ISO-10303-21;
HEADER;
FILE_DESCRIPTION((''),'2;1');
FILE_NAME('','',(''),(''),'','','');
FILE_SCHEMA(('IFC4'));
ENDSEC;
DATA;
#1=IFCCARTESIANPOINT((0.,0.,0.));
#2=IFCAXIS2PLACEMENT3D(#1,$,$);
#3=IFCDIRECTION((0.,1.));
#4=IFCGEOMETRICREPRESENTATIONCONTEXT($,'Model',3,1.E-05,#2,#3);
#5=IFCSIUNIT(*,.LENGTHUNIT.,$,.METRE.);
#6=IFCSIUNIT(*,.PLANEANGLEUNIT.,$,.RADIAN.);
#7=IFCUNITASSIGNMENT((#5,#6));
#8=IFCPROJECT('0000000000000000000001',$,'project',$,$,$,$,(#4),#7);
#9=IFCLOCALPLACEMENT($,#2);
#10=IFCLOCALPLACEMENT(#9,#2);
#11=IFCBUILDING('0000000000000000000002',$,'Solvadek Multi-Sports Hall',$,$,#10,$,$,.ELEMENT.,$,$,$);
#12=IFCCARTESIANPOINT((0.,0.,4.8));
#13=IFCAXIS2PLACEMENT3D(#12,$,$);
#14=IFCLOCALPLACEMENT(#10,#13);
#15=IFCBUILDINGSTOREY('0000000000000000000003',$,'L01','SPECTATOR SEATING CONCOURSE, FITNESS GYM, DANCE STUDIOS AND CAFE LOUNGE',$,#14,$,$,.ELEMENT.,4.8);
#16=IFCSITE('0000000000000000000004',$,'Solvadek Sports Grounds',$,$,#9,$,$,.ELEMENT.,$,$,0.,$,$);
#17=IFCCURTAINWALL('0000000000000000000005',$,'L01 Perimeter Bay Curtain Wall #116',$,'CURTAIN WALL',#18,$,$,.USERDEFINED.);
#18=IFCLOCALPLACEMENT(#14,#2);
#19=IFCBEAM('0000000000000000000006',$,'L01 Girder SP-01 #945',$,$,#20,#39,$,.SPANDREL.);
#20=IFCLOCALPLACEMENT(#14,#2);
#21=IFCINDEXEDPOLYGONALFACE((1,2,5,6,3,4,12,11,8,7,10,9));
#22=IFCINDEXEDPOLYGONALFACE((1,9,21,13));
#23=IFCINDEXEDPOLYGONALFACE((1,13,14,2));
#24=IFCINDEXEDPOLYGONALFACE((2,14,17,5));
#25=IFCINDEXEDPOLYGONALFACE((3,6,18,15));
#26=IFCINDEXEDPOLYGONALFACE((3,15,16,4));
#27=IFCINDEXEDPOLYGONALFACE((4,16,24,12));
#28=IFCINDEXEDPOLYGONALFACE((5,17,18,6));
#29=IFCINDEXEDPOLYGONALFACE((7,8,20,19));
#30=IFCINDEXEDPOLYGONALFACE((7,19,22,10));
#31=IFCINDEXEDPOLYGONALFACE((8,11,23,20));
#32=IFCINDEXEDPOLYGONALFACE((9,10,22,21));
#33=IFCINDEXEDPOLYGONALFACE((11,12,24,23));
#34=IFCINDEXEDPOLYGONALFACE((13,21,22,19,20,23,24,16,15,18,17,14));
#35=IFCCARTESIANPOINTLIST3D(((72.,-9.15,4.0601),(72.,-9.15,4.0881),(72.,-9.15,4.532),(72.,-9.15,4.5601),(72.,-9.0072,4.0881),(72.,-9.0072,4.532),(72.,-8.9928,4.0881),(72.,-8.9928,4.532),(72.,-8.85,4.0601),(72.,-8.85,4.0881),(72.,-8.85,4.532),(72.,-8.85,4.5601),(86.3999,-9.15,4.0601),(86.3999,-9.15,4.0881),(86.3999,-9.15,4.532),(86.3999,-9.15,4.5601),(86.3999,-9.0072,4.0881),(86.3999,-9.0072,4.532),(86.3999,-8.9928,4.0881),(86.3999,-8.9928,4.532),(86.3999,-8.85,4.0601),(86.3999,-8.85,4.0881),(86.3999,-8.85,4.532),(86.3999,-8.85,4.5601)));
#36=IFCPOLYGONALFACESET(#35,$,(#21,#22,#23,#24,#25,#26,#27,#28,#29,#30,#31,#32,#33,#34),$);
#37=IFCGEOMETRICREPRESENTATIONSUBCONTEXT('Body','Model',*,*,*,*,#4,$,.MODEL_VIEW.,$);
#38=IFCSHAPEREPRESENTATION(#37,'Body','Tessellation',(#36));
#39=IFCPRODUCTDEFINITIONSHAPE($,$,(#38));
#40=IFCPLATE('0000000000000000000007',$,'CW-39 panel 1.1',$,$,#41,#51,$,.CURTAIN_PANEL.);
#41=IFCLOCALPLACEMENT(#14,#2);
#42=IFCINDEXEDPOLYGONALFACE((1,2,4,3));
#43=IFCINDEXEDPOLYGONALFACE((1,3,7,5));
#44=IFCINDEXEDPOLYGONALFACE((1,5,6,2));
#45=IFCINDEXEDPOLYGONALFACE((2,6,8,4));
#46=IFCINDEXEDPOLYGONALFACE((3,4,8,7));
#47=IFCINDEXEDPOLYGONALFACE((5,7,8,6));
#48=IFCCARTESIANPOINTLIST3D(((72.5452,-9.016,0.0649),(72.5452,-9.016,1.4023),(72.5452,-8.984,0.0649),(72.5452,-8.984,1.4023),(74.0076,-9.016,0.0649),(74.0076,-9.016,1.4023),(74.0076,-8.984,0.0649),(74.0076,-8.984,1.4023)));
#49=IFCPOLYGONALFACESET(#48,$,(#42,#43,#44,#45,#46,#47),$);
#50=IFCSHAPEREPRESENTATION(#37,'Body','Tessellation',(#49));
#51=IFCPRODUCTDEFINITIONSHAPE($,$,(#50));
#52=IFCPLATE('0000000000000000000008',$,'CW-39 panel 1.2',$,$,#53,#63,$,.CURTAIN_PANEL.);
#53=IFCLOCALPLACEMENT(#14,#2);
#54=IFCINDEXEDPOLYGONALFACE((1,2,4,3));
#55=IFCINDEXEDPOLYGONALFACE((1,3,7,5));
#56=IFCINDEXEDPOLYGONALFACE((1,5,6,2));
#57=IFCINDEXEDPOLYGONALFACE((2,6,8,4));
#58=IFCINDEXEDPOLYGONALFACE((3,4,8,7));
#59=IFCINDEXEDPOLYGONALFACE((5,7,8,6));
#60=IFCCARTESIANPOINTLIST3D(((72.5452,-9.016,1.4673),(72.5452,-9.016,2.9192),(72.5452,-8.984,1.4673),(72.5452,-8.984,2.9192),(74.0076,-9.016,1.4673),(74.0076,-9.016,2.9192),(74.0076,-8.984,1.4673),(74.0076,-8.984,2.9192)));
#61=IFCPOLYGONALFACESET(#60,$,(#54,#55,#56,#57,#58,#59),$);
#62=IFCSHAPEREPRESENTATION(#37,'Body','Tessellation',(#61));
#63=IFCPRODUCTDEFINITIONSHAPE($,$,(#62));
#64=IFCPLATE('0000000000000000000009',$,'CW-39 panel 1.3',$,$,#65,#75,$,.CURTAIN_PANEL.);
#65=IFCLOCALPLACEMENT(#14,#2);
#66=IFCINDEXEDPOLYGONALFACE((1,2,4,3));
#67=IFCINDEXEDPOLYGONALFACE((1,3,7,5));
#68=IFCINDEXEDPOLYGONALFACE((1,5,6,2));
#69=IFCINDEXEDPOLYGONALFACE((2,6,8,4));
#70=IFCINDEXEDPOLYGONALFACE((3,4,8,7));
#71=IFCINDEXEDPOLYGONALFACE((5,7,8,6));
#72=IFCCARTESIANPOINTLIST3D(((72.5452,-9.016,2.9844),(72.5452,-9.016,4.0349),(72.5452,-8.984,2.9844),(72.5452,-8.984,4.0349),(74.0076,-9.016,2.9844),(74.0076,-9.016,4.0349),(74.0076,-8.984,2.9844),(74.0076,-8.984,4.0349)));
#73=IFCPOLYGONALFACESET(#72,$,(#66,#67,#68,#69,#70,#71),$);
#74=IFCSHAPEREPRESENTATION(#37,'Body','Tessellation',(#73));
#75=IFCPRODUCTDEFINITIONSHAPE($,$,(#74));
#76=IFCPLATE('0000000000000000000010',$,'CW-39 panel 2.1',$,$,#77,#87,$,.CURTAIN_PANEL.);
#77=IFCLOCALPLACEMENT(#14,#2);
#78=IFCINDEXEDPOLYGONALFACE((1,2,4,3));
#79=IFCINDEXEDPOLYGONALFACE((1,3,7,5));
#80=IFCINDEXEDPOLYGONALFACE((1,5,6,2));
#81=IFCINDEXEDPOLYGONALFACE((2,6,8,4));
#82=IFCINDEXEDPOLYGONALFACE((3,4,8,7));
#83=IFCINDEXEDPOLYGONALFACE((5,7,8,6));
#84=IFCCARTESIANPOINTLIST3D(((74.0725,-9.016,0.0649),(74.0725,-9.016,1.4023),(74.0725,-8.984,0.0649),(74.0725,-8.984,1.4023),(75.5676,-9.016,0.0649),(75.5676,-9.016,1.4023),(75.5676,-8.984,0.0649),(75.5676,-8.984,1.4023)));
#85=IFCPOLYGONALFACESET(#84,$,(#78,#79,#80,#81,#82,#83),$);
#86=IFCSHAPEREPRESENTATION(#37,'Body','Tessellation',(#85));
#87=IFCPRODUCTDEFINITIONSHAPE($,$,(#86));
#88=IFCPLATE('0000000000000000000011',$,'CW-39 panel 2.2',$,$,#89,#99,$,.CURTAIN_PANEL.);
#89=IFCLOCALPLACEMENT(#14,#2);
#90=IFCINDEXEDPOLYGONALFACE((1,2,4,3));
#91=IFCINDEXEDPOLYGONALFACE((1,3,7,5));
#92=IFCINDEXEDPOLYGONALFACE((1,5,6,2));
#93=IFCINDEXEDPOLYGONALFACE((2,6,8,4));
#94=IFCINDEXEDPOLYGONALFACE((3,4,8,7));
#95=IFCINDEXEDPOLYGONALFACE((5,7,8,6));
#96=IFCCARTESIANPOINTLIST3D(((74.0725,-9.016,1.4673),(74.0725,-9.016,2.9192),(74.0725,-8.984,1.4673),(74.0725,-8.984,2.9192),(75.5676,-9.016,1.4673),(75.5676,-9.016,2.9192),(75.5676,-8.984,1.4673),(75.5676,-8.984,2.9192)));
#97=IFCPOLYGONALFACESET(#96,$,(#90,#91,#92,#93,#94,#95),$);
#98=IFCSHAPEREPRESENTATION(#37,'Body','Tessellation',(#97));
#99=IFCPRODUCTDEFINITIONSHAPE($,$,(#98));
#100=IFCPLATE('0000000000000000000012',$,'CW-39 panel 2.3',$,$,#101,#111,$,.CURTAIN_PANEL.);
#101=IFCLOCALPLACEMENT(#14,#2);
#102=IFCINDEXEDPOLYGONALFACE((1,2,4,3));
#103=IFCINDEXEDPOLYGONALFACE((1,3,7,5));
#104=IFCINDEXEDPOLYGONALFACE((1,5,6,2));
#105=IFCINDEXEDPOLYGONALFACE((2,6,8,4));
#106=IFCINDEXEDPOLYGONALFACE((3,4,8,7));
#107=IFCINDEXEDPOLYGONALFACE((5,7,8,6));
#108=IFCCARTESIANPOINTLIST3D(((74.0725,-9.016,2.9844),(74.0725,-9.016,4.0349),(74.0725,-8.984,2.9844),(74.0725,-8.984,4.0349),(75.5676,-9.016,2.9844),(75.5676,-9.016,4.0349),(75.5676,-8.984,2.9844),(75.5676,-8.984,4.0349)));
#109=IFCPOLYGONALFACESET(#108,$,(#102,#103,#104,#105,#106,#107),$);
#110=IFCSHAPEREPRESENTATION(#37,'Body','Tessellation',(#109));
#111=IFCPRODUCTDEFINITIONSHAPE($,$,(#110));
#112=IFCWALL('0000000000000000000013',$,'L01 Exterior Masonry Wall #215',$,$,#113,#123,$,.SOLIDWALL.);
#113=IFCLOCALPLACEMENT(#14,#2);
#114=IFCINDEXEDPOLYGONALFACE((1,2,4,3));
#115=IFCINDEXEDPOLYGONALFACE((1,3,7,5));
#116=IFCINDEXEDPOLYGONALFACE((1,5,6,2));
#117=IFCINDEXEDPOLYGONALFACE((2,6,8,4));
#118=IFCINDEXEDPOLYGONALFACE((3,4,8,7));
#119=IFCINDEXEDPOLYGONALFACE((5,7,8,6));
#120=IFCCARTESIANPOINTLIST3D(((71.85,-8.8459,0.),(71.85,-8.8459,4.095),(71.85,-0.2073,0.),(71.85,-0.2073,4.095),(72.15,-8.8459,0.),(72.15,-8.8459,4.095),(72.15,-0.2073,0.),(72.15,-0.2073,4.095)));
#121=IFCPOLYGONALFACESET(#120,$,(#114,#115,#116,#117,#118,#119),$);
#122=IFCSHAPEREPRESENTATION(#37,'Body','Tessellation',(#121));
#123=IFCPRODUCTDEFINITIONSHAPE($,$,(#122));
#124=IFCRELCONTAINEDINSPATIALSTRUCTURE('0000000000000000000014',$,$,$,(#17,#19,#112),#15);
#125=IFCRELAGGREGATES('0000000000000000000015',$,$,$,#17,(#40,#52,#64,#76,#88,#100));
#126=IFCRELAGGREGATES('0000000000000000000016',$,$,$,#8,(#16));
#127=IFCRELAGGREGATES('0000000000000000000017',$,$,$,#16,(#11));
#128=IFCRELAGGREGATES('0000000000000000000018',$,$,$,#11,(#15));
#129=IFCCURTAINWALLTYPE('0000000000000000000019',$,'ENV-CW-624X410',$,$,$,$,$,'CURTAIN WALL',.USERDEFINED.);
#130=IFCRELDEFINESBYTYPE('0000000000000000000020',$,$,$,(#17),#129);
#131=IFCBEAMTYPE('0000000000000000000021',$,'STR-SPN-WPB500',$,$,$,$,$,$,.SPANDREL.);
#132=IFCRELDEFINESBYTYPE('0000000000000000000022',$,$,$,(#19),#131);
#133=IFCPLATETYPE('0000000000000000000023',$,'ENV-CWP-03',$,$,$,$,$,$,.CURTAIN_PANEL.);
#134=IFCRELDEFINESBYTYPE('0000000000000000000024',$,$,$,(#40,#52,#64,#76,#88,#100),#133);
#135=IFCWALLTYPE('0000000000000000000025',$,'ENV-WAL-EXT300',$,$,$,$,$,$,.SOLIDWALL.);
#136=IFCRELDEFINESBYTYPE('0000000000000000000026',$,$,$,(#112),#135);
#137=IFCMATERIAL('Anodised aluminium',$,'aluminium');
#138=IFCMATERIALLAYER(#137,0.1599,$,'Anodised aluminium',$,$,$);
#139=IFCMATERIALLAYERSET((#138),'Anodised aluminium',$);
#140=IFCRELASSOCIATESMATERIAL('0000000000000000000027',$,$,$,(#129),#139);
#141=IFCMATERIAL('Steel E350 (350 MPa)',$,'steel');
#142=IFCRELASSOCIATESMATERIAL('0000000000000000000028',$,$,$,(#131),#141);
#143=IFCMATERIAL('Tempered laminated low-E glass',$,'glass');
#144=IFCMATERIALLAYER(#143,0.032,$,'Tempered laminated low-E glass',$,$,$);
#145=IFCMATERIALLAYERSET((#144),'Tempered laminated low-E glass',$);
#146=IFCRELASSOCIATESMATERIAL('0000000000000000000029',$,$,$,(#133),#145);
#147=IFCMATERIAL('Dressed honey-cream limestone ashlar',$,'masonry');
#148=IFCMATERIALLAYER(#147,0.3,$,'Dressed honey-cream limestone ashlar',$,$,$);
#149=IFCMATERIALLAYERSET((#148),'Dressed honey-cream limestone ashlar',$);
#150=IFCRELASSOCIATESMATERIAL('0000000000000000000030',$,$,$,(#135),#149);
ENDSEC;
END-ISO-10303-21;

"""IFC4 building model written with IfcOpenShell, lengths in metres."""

from ifc_helpers import new_model, si_unit, direction, frame, frame_2d, origin, origin_2d, place, context, subcontext, project, spatial, rectangle, i_section, extrude, material, layer, layer_set, material_profile, profile_set, type_object, element, aggregate, save


model = new_model("IFC4")

# Units and contexts
model_context = context("Model", 3, precision=1e-05, world=origin(), true_north=direction((0.0, 1.0)))
body_context = subcontext(model_context, "Body", "Model", "MODEL_VIEW")
ifc_project = project(units=[si_unit("LENGTHUNIT", "METRE"), si_unit("PLANEANGLEUNIT", "RADIAN")], contexts=[model_context])

# Site, building, storey
site_placement = place(None, origin())
site = spatial("IfcSite", under=ifc_project, at=site_placement, Name="Solvadek Sports Grounds", CompositionType="ELEMENT", RefElevation=0.0)
building_placement = place(site_placement, origin())
building = spatial("IfcBuilding", under=site, at=building_placement, Name="Solvadek Multi-Sports Hall", CompositionType="ELEMENT")
storey_placement = place(building_placement, frame((0.0, 0.0, 4.8)))
storey = spatial("IfcBuildingStorey", under=building, at=storey_placement, Name="L01", Description="SPECTATOR SEATING CONCOURSE, FITNESS GYM, DANCE STUDIOS AND CAFE LOUNGE", CompositionType="ELEMENT", Elevation=4.8)

# Shared definitions
ifc_material_1 = material(Name="Steel E350 (350 MPa)", Category="steel")

# Curtain wall
ifc_material_2 = material(Name="Anodised aluminium", Category="aluminium")
ifc_layer_1 = layer(ifc_material_2, 0.1599, Name="Anodised aluminium")
ifc_layer_set_1 = layer_set([ifc_layer_1], Name="Anodised aluminium")
curtain_wall_type = type_object("IfcCurtainWallType", Name="ENV-CW-624X410", ElementType="CURTAIN WALL", PredefinedType="USERDEFINED", material=ifc_layer_set_1)
curtain_wall_placement = place(storey_placement, origin())
curtain_wall = element("IfcCurtainWall", 1, at=curtain_wall_placement, inside=storey, type_object=curtain_wall_type, Name="L01 Perimeter Bay Curtain Wall #116", ObjectType="CURTAIN WALL", PredefinedType="USERDEFINED")

# Beam
ifc_material_profile_1 = material_profile(ifc_material_1, i_section(OverallWidth=0.3, OverallDepth=0.5, WebThickness=0.0144, FlangeThickness=0.0281, at=origin_2d()), Name="WPB 500")
ifc_profile_set_1 = profile_set([ifc_material_profile_1], Name="Steel E350 (350 MPa)")
beam_type_1 = type_object("IfcBeamType", Name="STR-SPN-WPB500", PredefinedType="SPANDREL", material=ifc_profile_set_1)
beam_1_placement = place(storey_placement, frame((72.0, -9.0, 4.3101), z_axis=(1.0, 0.0, 0.0), x_axis=(0.0, 1.0, 0.0)))
element("IfcBeam", 2, at=beam_1_placement, inside=storey, type_object=beam_type_1, Name="L01 Girder SP-01 #945", PredefinedType="SPANDREL", context=body_context, shape_type="SweptSolid", body=[
    extrude(i_section(OverallWidth=0.3, OverallDepth=0.5, WebThickness=0.0144, FlangeThickness=0.0281, at=origin_2d()), origin(), (0.0, 0.0, 1.0), 14.3999),
])

# Plates
ifc_material_3 = material(Name="Tempered laminated low-E glass", Category="glass")
ifc_layer_2 = layer(ifc_material_3, 0.032, Name="Tempered laminated low-E glass")
ifc_layer_set_2 = layer_set([ifc_layer_2], Name="Tempered laminated low-E glass")
plate_type = type_object("IfcPlateType", Name="ENV-CWP-03", PredefinedType="CURTAIN_PANEL", material=ifc_layer_set_2)
plate_1_placement = place(storey_placement, frame((73.2764, -9.0, 0.0649), z_axis=(0.0, 0.0, 1.0), x_axis=(1.0, 0.0, 0.0)))
plate_1 = element("IfcPlate", 3, at=plate_1_placement, type_object=plate_type, Name="CW-39 panel 1.1", PredefinedType="CURTAIN_PANEL", context=body_context, shape_type="SweptSolid", body=[
    extrude(rectangle(XDim=1.4624, YDim=0.032, at=origin_2d()), origin(), (0.0, 0.0, 1.0), 1.3374),
])
plate_2_placement = place(storey_placement, frame((73.2764, -9.0, 1.4673), z_axis=(0.0, 0.0, 1.0), x_axis=(1.0, 0.0, 0.0)))
plate_2 = element("IfcPlate", 4, at=plate_2_placement, type_object=plate_type, Name="CW-39 panel 1.2", PredefinedType="CURTAIN_PANEL", context=body_context, shape_type="SweptSolid", body=[
    extrude(rectangle(XDim=1.4624, YDim=0.032, at=origin_2d()), origin(), (0.0, 0.0, 1.0), 1.4519),
])
plate_3_placement = place(storey_placement, frame((73.2764, -9.0, 2.9844), z_axis=(0.0, 0.0, 1.0), x_axis=(1.0, 0.0, 0.0)))
plate_3 = element("IfcPlate", 5, at=plate_3_placement, type_object=plate_type, Name="CW-39 panel 1.3", PredefinedType="CURTAIN_PANEL", context=body_context, shape_type="SweptSolid", body=[
    extrude(rectangle(XDim=1.4624, YDim=0.032, at=origin_2d()), origin(), (0.0, 0.0, 1.0), 1.0505),
])
plate_4_placement = place(storey_placement, frame((74.8201, -9.0, 0.0649), z_axis=(0.0, 0.0, 1.0), x_axis=(1.0, 0.0, 0.0)))
plate_4 = element("IfcPlate", 6, at=plate_4_placement, type_object=plate_type, Name="CW-39 panel 2.1", PredefinedType="CURTAIN_PANEL", context=body_context, shape_type="SweptSolid", body=[
    extrude(rectangle(XDim=1.4951, YDim=0.032, at=origin_2d()), origin(), (0.0, 0.0, 1.0), 1.3374),
])
plate_5_placement = place(storey_placement, frame((74.8201, -9.0, 1.4673), z_axis=(0.0, 0.0, 1.0), x_axis=(1.0, 0.0, 0.0)))
plate_5 = element("IfcPlate", 7, at=plate_5_placement, type_object=plate_type, Name="CW-39 panel 2.2", PredefinedType="CURTAIN_PANEL", context=body_context, shape_type="SweptSolid", body=[
    extrude(rectangle(XDim=1.4951, YDim=0.032, at=origin_2d()), origin(), (0.0, 0.0, 1.0), 1.4519),
])
plate_6_placement = place(storey_placement, frame((74.8201, -9.0, 2.9844), z_axis=(0.0, 0.0, 1.0), x_axis=(1.0, 0.0, 0.0)))
plate_6 = element("IfcPlate", 8, at=plate_6_placement, type_object=plate_type, Name="CW-39 panel 2.3", PredefinedType="CURTAIN_PANEL", context=body_context, shape_type="SweptSolid", body=[
    extrude(rectangle(XDim=1.4951, YDim=0.032, at=origin_2d()), origin(), (0.0, 0.0, 1.0), 1.0505),
])
aggregate(curtain_wall, [plate_1, plate_2, plate_3, plate_4, plate_5, plate_6])

# Wall
ifc_material_4 = material(Name="Dressed honey-cream limestone ashlar", Category="masonry")
ifc_layer_3 = layer(ifc_material_4, 0.3, Name="Dressed honey-cream limestone ashlar")
ifc_layer_set_3 = layer_set([ifc_layer_3], Name="Dressed honey-cream limestone ashlar")
wall_type = type_object("IfcWallType", Name="ENV-WAL-EXT300", PredefinedType="SOLIDWALL", material=ifc_layer_set_3)
wall_placement = place(storey_placement, frame((72.0, -8.8459, 0.0), z_axis=(0.0, 0.0, 1.0), x_axis=(0.0, 1.0, 0.0)))
element("IfcWall", 9, at=wall_placement, inside=storey, type_object=wall_type, Name="L01 Exterior Masonry Wall #215", PredefinedType="SOLIDWALL", context=body_context, shape_type="SweptSolid", body=[
    extrude(rectangle(XDim=8.6387, YDim=0.3, at=frame_2d((4.3193, 0.0))), origin(), (0.0, 0.0, 1.0), 4.095),
])

save(model, "model.ifc")
